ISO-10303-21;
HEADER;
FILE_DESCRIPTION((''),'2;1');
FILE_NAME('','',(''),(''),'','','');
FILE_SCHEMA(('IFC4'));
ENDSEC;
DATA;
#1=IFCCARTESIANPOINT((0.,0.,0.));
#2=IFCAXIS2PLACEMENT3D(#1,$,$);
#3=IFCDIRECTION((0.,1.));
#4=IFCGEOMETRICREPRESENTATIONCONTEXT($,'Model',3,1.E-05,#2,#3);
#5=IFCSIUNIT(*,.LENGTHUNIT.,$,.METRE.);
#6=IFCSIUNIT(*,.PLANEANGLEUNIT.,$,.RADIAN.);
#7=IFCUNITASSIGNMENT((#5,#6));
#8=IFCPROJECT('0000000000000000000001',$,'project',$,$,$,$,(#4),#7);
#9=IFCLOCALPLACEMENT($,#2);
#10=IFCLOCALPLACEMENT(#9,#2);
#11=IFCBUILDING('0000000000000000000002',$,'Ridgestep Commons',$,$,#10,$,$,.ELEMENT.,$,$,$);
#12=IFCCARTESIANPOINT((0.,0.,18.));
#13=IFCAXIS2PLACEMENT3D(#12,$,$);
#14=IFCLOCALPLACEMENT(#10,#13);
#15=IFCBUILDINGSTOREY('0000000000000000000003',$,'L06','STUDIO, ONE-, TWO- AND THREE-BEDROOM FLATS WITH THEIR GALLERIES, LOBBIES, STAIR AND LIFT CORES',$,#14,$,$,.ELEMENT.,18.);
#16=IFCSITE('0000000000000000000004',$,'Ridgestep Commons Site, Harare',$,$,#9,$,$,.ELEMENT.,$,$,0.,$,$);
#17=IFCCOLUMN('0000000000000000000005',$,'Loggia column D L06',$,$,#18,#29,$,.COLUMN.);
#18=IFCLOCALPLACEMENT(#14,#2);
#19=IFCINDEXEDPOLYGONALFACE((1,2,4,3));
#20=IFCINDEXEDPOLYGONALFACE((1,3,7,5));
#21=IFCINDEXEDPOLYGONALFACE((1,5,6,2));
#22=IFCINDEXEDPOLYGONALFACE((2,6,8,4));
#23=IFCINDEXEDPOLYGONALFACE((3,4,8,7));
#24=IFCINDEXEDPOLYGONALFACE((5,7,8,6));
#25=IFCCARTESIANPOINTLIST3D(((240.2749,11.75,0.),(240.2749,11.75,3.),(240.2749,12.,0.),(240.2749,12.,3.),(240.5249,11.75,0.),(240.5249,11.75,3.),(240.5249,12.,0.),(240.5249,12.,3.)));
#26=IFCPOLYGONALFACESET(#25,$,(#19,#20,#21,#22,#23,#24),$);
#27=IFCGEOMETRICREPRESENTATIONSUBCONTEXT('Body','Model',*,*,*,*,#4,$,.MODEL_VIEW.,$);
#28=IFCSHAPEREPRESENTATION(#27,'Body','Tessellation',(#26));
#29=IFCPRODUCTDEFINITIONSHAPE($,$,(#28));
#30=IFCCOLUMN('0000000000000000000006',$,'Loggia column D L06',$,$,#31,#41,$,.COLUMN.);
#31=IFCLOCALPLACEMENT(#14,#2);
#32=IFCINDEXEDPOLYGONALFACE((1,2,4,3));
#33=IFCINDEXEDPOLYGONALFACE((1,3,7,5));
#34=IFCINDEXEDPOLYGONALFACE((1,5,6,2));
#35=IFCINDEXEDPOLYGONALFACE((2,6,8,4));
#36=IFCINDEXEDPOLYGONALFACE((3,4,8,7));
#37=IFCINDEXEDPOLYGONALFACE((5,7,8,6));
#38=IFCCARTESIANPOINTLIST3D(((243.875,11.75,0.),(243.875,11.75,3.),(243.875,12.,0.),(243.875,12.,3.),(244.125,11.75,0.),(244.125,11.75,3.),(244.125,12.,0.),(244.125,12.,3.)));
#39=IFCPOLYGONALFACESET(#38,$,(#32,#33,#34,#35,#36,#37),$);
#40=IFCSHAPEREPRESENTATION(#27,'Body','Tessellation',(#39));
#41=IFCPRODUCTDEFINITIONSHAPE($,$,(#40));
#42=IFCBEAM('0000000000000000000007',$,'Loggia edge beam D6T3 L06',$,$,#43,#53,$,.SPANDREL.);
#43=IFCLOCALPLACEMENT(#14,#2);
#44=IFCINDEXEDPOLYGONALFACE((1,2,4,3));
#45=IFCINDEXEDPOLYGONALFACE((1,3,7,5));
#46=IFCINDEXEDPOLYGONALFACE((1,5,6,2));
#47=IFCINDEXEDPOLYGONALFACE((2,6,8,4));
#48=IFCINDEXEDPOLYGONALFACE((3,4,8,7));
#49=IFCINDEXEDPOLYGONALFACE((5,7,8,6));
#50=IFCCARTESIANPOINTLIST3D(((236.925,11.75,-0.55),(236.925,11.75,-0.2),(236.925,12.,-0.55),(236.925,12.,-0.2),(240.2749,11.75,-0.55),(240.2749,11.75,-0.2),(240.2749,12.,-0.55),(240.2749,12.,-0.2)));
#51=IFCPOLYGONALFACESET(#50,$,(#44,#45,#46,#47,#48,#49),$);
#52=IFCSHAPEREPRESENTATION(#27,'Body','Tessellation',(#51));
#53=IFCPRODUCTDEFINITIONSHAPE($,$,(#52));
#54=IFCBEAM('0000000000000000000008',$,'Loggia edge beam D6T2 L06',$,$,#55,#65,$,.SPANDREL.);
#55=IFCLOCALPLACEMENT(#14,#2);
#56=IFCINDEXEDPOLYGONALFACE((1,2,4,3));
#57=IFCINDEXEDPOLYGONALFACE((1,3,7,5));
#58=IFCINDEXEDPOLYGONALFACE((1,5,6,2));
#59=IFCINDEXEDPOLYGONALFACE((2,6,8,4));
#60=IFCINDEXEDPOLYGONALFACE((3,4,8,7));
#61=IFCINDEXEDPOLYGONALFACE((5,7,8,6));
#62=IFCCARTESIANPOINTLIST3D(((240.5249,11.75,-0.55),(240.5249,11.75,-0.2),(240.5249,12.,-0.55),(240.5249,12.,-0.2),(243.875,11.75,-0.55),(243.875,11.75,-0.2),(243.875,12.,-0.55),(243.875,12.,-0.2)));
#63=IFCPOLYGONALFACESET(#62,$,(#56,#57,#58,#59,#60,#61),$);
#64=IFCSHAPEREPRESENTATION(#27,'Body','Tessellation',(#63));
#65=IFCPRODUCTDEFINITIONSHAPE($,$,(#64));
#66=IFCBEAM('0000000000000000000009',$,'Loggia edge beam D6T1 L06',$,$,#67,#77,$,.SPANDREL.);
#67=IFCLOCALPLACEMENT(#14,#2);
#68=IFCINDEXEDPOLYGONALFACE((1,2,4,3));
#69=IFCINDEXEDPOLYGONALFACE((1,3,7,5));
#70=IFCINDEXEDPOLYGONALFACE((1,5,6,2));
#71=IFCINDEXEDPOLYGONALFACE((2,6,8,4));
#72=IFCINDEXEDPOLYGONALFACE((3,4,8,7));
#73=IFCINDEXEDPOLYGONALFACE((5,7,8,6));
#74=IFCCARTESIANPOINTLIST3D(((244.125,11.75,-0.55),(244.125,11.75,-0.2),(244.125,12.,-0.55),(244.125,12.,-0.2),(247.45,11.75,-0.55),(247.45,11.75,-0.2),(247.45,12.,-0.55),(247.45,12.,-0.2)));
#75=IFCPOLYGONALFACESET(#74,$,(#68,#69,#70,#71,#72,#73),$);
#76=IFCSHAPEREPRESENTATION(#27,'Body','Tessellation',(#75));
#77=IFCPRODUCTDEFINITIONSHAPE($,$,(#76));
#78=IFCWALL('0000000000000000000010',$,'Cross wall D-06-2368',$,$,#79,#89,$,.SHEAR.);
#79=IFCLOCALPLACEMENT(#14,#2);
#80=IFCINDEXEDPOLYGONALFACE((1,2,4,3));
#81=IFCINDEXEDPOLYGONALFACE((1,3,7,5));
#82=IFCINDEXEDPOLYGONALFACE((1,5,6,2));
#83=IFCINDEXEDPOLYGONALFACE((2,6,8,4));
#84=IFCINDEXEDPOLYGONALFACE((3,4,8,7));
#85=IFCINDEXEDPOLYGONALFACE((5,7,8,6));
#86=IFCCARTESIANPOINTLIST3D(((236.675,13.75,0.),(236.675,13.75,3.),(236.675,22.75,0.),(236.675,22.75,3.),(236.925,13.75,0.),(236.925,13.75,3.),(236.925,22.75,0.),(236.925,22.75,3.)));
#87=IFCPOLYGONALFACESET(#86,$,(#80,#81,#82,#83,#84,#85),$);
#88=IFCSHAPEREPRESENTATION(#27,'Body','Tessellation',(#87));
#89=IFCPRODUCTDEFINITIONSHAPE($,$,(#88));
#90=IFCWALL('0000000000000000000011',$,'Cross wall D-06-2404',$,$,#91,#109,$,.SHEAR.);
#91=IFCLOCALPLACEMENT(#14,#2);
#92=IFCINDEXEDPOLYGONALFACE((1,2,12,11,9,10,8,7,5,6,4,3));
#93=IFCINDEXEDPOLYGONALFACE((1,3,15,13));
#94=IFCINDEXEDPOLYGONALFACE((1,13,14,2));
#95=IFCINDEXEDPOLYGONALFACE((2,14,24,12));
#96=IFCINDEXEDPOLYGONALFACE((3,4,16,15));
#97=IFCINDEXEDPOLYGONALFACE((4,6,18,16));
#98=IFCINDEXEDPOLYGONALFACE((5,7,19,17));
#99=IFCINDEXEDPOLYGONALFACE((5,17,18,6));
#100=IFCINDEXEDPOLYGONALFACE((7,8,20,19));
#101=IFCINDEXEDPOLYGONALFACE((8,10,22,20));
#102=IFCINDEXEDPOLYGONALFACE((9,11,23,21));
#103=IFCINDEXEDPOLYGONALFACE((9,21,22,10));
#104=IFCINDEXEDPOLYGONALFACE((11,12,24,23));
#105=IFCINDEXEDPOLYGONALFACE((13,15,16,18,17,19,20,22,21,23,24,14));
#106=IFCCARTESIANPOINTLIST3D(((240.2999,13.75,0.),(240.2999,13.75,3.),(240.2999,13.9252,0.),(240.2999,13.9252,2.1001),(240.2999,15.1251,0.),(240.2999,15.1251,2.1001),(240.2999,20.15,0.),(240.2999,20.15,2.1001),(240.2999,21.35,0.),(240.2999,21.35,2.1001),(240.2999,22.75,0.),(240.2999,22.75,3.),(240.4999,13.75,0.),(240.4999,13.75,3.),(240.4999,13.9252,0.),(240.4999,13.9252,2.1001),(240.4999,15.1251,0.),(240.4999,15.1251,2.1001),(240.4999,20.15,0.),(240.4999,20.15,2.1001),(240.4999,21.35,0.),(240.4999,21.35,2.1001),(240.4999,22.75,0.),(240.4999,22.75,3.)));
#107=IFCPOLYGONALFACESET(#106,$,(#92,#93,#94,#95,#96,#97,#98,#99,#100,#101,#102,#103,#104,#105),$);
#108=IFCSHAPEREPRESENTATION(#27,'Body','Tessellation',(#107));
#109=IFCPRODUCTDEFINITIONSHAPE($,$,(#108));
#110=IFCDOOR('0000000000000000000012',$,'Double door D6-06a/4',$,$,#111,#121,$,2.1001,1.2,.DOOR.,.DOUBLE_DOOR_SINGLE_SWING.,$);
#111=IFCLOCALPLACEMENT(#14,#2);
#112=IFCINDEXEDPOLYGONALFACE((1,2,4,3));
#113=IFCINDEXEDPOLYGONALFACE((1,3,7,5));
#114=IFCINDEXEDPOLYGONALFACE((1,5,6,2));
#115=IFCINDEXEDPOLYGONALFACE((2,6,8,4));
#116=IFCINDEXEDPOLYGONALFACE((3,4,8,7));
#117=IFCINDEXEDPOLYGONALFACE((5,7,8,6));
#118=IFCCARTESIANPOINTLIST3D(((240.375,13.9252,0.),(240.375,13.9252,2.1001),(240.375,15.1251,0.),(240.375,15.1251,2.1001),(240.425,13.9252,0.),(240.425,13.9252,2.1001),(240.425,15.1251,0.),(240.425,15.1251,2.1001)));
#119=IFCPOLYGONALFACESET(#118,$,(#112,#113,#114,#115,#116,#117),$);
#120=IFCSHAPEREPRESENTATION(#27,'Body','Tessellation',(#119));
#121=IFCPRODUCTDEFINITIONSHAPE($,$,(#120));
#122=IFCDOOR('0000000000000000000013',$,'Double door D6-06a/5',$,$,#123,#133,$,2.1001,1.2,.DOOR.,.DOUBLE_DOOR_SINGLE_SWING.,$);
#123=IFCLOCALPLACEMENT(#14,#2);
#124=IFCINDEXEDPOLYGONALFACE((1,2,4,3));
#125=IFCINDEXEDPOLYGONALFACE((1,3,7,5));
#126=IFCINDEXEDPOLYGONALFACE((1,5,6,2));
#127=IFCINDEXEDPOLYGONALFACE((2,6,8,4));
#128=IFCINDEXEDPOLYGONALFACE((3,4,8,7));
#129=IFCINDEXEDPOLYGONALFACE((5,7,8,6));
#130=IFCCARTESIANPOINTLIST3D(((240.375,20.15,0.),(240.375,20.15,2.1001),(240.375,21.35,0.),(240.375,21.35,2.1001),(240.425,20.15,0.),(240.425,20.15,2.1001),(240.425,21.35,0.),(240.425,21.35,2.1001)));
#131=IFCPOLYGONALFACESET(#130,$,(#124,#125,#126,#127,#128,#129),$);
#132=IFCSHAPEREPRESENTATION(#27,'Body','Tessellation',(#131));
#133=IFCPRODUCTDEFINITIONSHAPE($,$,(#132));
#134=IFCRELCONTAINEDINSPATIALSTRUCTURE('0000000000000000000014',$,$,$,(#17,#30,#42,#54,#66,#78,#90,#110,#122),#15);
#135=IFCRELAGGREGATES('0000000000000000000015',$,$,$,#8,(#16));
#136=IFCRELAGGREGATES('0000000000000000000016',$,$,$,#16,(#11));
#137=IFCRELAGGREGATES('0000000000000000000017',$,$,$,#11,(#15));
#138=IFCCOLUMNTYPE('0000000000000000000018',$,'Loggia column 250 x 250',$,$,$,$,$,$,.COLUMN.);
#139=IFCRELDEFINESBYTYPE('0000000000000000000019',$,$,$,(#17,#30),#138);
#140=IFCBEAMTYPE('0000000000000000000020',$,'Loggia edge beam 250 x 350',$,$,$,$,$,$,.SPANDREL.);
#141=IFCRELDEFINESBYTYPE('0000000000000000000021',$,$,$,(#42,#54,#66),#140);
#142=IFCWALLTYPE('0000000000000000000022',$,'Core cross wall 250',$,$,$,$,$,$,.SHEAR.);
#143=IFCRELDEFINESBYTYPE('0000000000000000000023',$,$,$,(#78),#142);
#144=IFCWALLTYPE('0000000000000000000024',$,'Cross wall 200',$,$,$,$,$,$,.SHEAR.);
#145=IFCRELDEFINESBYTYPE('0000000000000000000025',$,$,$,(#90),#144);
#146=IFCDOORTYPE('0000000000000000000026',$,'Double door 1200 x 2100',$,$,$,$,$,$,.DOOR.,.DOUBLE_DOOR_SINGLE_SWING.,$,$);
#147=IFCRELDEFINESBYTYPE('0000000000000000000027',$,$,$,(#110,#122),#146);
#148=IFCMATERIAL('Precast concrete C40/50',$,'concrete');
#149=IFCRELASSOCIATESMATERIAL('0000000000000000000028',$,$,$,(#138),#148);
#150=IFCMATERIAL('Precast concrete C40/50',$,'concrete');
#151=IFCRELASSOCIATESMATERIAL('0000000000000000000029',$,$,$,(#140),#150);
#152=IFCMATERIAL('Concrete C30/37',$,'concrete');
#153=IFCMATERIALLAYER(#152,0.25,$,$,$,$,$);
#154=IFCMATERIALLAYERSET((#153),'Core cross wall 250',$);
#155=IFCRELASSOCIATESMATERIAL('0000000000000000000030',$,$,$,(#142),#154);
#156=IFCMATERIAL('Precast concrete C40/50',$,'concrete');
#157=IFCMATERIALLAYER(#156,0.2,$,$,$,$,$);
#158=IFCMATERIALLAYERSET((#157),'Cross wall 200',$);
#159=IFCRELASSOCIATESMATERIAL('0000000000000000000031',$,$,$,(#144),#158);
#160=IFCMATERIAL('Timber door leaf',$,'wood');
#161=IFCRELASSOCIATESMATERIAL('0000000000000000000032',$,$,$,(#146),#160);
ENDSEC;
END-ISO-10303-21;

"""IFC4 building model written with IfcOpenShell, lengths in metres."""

from ifc_helpers import new_model, si_unit, direction, frame, frame_2d, origin, origin_2d, place, context, subcontext, project, spatial, rectangle, extrude, material, layer, layer_set, material_profile, profile_set, type_object, element, fill, save


model = new_model("IFC4")

# Units and contexts
model_context = context("Model", 3, precision=1e-05, world=origin(), true_north=direction((0.0, 1.0)))
body_context = subcontext(model_context, "Body", "Model", "MODEL_VIEW")
ifc_project = project(units=[si_unit("LENGTHUNIT", "METRE"), si_unit("PLANEANGLEUNIT", "RADIAN")], contexts=[model_context])

# Site, building, storey
site_placement = place(None, origin())
site = spatial("IfcSite", under=ifc_project, at=site_placement, Name="Ridgestep Commons Site, Harare", CompositionType="ELEMENT", RefElevation=0.0)
building_placement = place(site_placement, origin())
building = spatial("IfcBuilding", under=site, at=building_placement, Name="Ridgestep Commons", CompositionType="ELEMENT")
storey_placement = place(building_placement, frame((0.0, 0.0, 18.0)))
storey = spatial("IfcBuildingStorey", under=building, at=storey_placement, Name="L06", Description="STUDIO, ONE-, TWO- AND THREE-BEDROOM FLATS WITH THEIR GALLERIES, LOBBIES, STAIR AND LIFT CORES", CompositionType="ELEMENT", Elevation=18.0)

# Columns
ifc_material_1 = material(Name="Precast concrete C40/50", Category="concrete")
ifc_material_profile_1 = material_profile(ifc_material_1, rectangle(XDim=0.25, YDim=0.25, at=origin_2d()), Name="PC 250x250")
ifc_profile_set_1 = profile_set([ifc_material_profile_1], Name="Precast concrete C40/50")
column_type = type_object("IfcColumnType", Name="Loggia column 250 x 250", PredefinedType="COLUMN", material=ifc_profile_set_1)
for number, where, z_axis, x_axis, name in (
    (1, (240.3999, 11.875, 0.0), (0.0, 0.0, 1.0), (1.0, 0.0, 0.0), "Loggia column D L06"),
    (2, (244.0, 11.875, 0.0), (0.0, 0.0, 1.0), (1.0, 0.0, 0.0), "Loggia column D L06"),
):
    element("IfcColumn", number, at=place(storey_placement, frame(where, z_axis=z_axis, x_axis=x_axis)), inside=storey, type_object=column_type, Name=name, PredefinedType="COLUMN", context=body_context, shape_type="SweptSolid", body=[
        extrude(rectangle(XDim=0.25, YDim=0.25, at=origin_2d()), origin(), (0.0, 0.0, 1.0), 3.0),
    ])

# Beams
ifc_material_2 = material(Name="Precast concrete C40/50", Category="concrete")
ifc_material_profile_2 = material_profile(ifc_material_2, rectangle(XDim=0.25, YDim=0.3501, at=origin_2d()), Name="PC 250x350")
ifc_profile_set_2 = profile_set([ifc_material_profile_2], Name="Precast concrete C40/50")
beam_type = type_object("IfcBeamType", Name="Loggia edge beam 250 x 350", PredefinedType="SPANDREL", material=ifc_profile_set_2)
beam_1_placement = place(storey_placement, frame((236.925, 11.875, -0.375), z_axis=(1.0, 0.0, 0.0), x_axis=(0.0, 1.0, 0.0)))
element("IfcBeam", 3, at=beam_1_placement, inside=storey, type_object=beam_type, Name="Loggia edge beam D6T3 L06", PredefinedType="SPANDREL", context=body_context, shape_type="SweptSolid", body=[
    extrude(rectangle(XDim=0.25, YDim=0.3501, at=origin_2d()), origin(), (0.0, 0.0, 1.0), 3.3499),
])
beam_2_placement = place(storey_placement, frame((240.5249, 11.875, -0.375), z_axis=(1.0, 0.0, 0.0), x_axis=(0.0, 1.0, 0.0)))
element("IfcBeam", 4, at=beam_2_placement, inside=storey, type_object=beam_type, Name="Loggia edge beam D6T2 L06", PredefinedType="SPANDREL", context=body_context, shape_type="SweptSolid", body=[
    extrude(rectangle(XDim=0.25, YDim=0.3501, at=origin_2d()), origin(), (0.0, 0.0, 1.0), 3.3501),
])
beam_3_placement = place(storey_placement, frame((244.125, 11.875, -0.375), z_axis=(1.0, 0.0, 0.0), x_axis=(0.0, 1.0, 0.0)))
element("IfcBeam", 5, at=beam_3_placement, inside=storey, type_object=beam_type, Name="Loggia edge beam D6T1 L06", PredefinedType="SPANDREL", context=body_context, shape_type="SweptSolid", body=[
    extrude(rectangle(XDim=0.25, YDim=0.3501, at=origin_2d()), origin(), (0.0, 0.0, 1.0), 3.325),
])

# Wall
ifc_material_3 = material(Name="Concrete C30/37", Category="concrete")
ifc_layer_1 = layer(ifc_material_3, 0.25)
ifc_layer_set_1 = layer_set([ifc_layer_1], Name="Core cross wall 250")
wall_type_1 = type_object("IfcWallType", Name="Core cross wall 250", PredefinedType="SHEAR", material=ifc_layer_set_1)
wall_1_placement = place(storey_placement, frame((236.8, 13.75, 0.0), z_axis=(0.0, 0.0, 1.0), x_axis=(0.0, 1.0, 0.0)))
element("IfcWall", 6, at=wall_1_placement, inside=storey, type_object=wall_type_1, Name="Cross wall D-06-2368", PredefinedType="SHEAR", context=body_context, shape_type="SweptSolid", body=[
    extrude(rectangle(XDim=9.0, YDim=0.25, at=frame_2d((4.5, 0.0))), origin(), (0.0, 0.0, 1.0), 3.0),
])

# Wall, openings, doors
ifc_material_4 = material(Name="Precast concrete C40/50", Category="concrete")
ifc_layer_2 = layer(ifc_material_4, 0.2)
ifc_layer_set_2 = layer_set([ifc_layer_2], Name="Cross wall 200")
wall_type_2 = type_object("IfcWallType", Name="Cross wall 200", PredefinedType="SHEAR", material=ifc_layer_set_2)
wall_2_placement = place(storey_placement, frame((240.3999, 13.75, 0.0), z_axis=(0.0, 0.0, 1.0), x_axis=(0.0, 1.0, 0.0)))
wall_2 = element("IfcWall", 7, at=wall_2_placement, inside=storey, type_object=wall_type_2, Name="Cross wall D-06-2404", PredefinedType="SHEAR", context=body_context, shape_type="SweptSolid", body=[
    extrude(rectangle(XDim=9.0, YDim=0.2, at=frame_2d((4.5, 0.0))), origin(), (0.0, 0.0, 1.0), 3.0),
])
opening_1_placement = place(wall_2_placement, frame((0.175, 0.0, 0.0)))
opening_1 = element("IfcOpeningElement", 8, at=opening_1_placement, cuts=wall_2, PredefinedType="OPENING", context=body_context, shape_type="SweptSolid", body=[
    extrude(rectangle(XDim=1.2, YDim=2.1001, at=frame_2d((0.6001, 1.05))), frame((0.0, 0.1099, 0.0), z_axis=(0.0, -1.0, 0.0), x_axis=(1.0, 0.0, 0.0)), (0.0, 0.0, 1.0), 0.22),
])
opening_2_placement = place(wall_2_placement, frame((6.3999, 0.0, 0.0)))
opening_2 = element("IfcOpeningElement", 9, at=opening_2_placement, cuts=wall_2, PredefinedType="OPENING", context=body_context, shape_type="SweptSolid", body=[
    extrude(rectangle(XDim=1.2, YDim=2.1001, at=frame_2d((0.6001, 1.05))), frame((0.0, 0.1099, 0.0), z_axis=(0.0, -1.0, 0.0), x_axis=(1.0, 0.0, 0.0)), (0.0, 0.0, 1.0), 0.22),
])
ifc_material_5 = material(Name="Timber door leaf", Category="wood")
door_type_1 = type_object("IfcDoorType", Name="Double door 1200 x 2100", OperationType="DOUBLE_DOOR_SINGLE_SWING", PredefinedType="DOOR", material=ifc_material_5)
door_1_placement = place(opening_1_placement, origin())
door_1 = element("IfcDoor", 10, at=door_1_placement, inside=storey, type_object=door_type_1, Name="Double door D6-06a/4", OperationType="DOUBLE_DOOR_SINGLE_SWING", OverallHeight=2.1001, OverallWidth=1.2, PredefinedType="DOOR", context=body_context, shape_type="SweptSolid", body=[
    extrude(rectangle(XDim=1.2, YDim=2.1001, at=frame_2d((0.6001, 1.05))), frame((0.0, 0.0249, 0.0), z_axis=(0.0, -1.0, 0.0), x_axis=(1.0, 0.0, 0.0)), (0.0, 0.0, 1.0), 0.05),
])
fill(opening_1, door_1)
door_2_placement = place(opening_2_placement, origin())
door_2 = element("IfcDoor", 11, at=door_2_placement, inside=storey, type_object=door_type_1, Name="Double door D6-06a/5", OperationType="DOUBLE_DOOR_SINGLE_SWING", OverallHeight=2.1001, OverallWidth=1.2, PredefinedType="DOOR", context=body_context, shape_type="SweptSolid", body=[
    extrude(rectangle(XDim=1.2, YDim=2.1001, at=frame_2d((0.6001, 1.05))), frame((0.0, 0.0249, 0.0), z_axis=(0.0, -1.0, 0.0), x_axis=(1.0, 0.0, 0.0)), (0.0, 0.0, 1.0), 0.05),
])
fill(opening_2, door_2)

save(model, "model.ifc")
